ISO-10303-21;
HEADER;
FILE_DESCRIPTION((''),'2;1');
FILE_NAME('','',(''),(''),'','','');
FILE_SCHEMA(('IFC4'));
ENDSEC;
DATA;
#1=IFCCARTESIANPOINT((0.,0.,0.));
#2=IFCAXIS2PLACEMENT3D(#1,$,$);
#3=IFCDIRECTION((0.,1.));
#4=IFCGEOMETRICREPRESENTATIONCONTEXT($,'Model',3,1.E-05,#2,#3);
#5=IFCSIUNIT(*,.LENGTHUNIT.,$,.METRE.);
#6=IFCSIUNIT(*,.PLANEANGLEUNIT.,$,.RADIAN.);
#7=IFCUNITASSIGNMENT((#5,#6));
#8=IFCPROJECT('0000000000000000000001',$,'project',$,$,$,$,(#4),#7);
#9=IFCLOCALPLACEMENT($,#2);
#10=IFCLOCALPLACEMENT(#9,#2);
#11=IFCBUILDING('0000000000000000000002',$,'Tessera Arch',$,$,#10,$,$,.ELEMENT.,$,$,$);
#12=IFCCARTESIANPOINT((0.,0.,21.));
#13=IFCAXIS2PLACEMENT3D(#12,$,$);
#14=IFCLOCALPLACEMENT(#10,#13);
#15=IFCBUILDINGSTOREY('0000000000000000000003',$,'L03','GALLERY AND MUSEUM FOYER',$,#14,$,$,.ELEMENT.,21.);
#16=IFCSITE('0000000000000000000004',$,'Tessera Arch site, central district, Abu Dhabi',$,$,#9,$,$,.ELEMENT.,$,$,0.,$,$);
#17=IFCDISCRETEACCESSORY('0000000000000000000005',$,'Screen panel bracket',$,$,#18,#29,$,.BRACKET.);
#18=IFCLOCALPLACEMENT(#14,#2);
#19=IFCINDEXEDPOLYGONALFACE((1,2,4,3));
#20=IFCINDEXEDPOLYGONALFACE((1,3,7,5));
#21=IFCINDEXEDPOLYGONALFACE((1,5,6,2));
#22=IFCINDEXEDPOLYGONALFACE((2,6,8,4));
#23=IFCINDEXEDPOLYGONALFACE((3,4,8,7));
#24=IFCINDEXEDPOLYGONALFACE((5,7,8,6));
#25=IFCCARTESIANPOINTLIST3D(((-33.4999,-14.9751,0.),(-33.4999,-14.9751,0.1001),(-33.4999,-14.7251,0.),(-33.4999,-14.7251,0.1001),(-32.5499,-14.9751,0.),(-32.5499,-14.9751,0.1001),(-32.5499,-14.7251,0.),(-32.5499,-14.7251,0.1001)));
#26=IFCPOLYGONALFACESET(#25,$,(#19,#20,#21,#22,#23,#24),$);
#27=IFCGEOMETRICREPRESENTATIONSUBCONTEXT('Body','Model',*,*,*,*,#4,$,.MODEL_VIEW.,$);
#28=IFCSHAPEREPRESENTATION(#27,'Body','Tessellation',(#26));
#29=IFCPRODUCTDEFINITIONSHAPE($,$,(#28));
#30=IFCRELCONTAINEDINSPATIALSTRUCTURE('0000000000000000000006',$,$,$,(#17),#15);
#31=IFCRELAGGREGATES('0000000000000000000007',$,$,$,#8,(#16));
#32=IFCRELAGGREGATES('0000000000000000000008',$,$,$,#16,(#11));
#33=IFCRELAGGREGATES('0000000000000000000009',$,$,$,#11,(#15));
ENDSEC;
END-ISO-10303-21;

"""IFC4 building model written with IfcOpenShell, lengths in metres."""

from ifc_helpers import new_model, si_unit, direction, frame, origin, origin_2d, place, context, subcontext, project, spatial, rectangle, extrude, element, save


model = new_model("IFC4")

# Units and contexts
model_context = context("Model", 3, precision=1e-05, world=origin(), true_north=direction((0.0, 1.0)))
body_context = subcontext(model_context, "Body", "Model", "MODEL_VIEW")
ifc_project = project(units=[si_unit("LENGTHUNIT", "METRE"), si_unit("PLANEANGLEUNIT", "RADIAN")], contexts=[model_context])

# Site, building, storey
site_placement = place(None, origin())
site = spatial("IfcSite", under=ifc_project, at=site_placement, Name="Tessera Arch site, central district, Abu Dhabi", CompositionType="ELEMENT", RefElevation=0.0)
building_placement = place(site_placement, origin())
building = spatial("IfcBuilding", under=site, at=building_placement, Name="Tessera Arch", CompositionType="ELEMENT")
storey_placement = place(building_placement, frame((0.0, 0.0, 21.0)))
storey = spatial("IfcBuildingStorey", under=building, at=storey_placement, Name="L03", Description="GALLERY AND MUSEUM FOYER", CompositionType="ELEMENT", Elevation=21.0)

# Discrete accessory
for number, where, z_axis, x_axis, name in (
    (1, (-33.0249, -14.8501, 0.0), (0.0, 0.0, 1.0), (-1.0, 0.0, 0.0), "Screen panel bracket"),
):
    element("IfcDiscreteAccessory", number, at=place(storey_placement, frame(where, z_axis=z_axis, x_axis=x_axis)), inside=storey, Name=name, PredefinedType="BRACKET", context=body_context, shape_type="SweptSolid", body=[
        extrude(rectangle(XDim=0.95, YDim=0.25, at=origin_2d()), origin(), (0.0, 0.0, 1.0), 0.1001),
    ])

save(model, "model.ifc")
